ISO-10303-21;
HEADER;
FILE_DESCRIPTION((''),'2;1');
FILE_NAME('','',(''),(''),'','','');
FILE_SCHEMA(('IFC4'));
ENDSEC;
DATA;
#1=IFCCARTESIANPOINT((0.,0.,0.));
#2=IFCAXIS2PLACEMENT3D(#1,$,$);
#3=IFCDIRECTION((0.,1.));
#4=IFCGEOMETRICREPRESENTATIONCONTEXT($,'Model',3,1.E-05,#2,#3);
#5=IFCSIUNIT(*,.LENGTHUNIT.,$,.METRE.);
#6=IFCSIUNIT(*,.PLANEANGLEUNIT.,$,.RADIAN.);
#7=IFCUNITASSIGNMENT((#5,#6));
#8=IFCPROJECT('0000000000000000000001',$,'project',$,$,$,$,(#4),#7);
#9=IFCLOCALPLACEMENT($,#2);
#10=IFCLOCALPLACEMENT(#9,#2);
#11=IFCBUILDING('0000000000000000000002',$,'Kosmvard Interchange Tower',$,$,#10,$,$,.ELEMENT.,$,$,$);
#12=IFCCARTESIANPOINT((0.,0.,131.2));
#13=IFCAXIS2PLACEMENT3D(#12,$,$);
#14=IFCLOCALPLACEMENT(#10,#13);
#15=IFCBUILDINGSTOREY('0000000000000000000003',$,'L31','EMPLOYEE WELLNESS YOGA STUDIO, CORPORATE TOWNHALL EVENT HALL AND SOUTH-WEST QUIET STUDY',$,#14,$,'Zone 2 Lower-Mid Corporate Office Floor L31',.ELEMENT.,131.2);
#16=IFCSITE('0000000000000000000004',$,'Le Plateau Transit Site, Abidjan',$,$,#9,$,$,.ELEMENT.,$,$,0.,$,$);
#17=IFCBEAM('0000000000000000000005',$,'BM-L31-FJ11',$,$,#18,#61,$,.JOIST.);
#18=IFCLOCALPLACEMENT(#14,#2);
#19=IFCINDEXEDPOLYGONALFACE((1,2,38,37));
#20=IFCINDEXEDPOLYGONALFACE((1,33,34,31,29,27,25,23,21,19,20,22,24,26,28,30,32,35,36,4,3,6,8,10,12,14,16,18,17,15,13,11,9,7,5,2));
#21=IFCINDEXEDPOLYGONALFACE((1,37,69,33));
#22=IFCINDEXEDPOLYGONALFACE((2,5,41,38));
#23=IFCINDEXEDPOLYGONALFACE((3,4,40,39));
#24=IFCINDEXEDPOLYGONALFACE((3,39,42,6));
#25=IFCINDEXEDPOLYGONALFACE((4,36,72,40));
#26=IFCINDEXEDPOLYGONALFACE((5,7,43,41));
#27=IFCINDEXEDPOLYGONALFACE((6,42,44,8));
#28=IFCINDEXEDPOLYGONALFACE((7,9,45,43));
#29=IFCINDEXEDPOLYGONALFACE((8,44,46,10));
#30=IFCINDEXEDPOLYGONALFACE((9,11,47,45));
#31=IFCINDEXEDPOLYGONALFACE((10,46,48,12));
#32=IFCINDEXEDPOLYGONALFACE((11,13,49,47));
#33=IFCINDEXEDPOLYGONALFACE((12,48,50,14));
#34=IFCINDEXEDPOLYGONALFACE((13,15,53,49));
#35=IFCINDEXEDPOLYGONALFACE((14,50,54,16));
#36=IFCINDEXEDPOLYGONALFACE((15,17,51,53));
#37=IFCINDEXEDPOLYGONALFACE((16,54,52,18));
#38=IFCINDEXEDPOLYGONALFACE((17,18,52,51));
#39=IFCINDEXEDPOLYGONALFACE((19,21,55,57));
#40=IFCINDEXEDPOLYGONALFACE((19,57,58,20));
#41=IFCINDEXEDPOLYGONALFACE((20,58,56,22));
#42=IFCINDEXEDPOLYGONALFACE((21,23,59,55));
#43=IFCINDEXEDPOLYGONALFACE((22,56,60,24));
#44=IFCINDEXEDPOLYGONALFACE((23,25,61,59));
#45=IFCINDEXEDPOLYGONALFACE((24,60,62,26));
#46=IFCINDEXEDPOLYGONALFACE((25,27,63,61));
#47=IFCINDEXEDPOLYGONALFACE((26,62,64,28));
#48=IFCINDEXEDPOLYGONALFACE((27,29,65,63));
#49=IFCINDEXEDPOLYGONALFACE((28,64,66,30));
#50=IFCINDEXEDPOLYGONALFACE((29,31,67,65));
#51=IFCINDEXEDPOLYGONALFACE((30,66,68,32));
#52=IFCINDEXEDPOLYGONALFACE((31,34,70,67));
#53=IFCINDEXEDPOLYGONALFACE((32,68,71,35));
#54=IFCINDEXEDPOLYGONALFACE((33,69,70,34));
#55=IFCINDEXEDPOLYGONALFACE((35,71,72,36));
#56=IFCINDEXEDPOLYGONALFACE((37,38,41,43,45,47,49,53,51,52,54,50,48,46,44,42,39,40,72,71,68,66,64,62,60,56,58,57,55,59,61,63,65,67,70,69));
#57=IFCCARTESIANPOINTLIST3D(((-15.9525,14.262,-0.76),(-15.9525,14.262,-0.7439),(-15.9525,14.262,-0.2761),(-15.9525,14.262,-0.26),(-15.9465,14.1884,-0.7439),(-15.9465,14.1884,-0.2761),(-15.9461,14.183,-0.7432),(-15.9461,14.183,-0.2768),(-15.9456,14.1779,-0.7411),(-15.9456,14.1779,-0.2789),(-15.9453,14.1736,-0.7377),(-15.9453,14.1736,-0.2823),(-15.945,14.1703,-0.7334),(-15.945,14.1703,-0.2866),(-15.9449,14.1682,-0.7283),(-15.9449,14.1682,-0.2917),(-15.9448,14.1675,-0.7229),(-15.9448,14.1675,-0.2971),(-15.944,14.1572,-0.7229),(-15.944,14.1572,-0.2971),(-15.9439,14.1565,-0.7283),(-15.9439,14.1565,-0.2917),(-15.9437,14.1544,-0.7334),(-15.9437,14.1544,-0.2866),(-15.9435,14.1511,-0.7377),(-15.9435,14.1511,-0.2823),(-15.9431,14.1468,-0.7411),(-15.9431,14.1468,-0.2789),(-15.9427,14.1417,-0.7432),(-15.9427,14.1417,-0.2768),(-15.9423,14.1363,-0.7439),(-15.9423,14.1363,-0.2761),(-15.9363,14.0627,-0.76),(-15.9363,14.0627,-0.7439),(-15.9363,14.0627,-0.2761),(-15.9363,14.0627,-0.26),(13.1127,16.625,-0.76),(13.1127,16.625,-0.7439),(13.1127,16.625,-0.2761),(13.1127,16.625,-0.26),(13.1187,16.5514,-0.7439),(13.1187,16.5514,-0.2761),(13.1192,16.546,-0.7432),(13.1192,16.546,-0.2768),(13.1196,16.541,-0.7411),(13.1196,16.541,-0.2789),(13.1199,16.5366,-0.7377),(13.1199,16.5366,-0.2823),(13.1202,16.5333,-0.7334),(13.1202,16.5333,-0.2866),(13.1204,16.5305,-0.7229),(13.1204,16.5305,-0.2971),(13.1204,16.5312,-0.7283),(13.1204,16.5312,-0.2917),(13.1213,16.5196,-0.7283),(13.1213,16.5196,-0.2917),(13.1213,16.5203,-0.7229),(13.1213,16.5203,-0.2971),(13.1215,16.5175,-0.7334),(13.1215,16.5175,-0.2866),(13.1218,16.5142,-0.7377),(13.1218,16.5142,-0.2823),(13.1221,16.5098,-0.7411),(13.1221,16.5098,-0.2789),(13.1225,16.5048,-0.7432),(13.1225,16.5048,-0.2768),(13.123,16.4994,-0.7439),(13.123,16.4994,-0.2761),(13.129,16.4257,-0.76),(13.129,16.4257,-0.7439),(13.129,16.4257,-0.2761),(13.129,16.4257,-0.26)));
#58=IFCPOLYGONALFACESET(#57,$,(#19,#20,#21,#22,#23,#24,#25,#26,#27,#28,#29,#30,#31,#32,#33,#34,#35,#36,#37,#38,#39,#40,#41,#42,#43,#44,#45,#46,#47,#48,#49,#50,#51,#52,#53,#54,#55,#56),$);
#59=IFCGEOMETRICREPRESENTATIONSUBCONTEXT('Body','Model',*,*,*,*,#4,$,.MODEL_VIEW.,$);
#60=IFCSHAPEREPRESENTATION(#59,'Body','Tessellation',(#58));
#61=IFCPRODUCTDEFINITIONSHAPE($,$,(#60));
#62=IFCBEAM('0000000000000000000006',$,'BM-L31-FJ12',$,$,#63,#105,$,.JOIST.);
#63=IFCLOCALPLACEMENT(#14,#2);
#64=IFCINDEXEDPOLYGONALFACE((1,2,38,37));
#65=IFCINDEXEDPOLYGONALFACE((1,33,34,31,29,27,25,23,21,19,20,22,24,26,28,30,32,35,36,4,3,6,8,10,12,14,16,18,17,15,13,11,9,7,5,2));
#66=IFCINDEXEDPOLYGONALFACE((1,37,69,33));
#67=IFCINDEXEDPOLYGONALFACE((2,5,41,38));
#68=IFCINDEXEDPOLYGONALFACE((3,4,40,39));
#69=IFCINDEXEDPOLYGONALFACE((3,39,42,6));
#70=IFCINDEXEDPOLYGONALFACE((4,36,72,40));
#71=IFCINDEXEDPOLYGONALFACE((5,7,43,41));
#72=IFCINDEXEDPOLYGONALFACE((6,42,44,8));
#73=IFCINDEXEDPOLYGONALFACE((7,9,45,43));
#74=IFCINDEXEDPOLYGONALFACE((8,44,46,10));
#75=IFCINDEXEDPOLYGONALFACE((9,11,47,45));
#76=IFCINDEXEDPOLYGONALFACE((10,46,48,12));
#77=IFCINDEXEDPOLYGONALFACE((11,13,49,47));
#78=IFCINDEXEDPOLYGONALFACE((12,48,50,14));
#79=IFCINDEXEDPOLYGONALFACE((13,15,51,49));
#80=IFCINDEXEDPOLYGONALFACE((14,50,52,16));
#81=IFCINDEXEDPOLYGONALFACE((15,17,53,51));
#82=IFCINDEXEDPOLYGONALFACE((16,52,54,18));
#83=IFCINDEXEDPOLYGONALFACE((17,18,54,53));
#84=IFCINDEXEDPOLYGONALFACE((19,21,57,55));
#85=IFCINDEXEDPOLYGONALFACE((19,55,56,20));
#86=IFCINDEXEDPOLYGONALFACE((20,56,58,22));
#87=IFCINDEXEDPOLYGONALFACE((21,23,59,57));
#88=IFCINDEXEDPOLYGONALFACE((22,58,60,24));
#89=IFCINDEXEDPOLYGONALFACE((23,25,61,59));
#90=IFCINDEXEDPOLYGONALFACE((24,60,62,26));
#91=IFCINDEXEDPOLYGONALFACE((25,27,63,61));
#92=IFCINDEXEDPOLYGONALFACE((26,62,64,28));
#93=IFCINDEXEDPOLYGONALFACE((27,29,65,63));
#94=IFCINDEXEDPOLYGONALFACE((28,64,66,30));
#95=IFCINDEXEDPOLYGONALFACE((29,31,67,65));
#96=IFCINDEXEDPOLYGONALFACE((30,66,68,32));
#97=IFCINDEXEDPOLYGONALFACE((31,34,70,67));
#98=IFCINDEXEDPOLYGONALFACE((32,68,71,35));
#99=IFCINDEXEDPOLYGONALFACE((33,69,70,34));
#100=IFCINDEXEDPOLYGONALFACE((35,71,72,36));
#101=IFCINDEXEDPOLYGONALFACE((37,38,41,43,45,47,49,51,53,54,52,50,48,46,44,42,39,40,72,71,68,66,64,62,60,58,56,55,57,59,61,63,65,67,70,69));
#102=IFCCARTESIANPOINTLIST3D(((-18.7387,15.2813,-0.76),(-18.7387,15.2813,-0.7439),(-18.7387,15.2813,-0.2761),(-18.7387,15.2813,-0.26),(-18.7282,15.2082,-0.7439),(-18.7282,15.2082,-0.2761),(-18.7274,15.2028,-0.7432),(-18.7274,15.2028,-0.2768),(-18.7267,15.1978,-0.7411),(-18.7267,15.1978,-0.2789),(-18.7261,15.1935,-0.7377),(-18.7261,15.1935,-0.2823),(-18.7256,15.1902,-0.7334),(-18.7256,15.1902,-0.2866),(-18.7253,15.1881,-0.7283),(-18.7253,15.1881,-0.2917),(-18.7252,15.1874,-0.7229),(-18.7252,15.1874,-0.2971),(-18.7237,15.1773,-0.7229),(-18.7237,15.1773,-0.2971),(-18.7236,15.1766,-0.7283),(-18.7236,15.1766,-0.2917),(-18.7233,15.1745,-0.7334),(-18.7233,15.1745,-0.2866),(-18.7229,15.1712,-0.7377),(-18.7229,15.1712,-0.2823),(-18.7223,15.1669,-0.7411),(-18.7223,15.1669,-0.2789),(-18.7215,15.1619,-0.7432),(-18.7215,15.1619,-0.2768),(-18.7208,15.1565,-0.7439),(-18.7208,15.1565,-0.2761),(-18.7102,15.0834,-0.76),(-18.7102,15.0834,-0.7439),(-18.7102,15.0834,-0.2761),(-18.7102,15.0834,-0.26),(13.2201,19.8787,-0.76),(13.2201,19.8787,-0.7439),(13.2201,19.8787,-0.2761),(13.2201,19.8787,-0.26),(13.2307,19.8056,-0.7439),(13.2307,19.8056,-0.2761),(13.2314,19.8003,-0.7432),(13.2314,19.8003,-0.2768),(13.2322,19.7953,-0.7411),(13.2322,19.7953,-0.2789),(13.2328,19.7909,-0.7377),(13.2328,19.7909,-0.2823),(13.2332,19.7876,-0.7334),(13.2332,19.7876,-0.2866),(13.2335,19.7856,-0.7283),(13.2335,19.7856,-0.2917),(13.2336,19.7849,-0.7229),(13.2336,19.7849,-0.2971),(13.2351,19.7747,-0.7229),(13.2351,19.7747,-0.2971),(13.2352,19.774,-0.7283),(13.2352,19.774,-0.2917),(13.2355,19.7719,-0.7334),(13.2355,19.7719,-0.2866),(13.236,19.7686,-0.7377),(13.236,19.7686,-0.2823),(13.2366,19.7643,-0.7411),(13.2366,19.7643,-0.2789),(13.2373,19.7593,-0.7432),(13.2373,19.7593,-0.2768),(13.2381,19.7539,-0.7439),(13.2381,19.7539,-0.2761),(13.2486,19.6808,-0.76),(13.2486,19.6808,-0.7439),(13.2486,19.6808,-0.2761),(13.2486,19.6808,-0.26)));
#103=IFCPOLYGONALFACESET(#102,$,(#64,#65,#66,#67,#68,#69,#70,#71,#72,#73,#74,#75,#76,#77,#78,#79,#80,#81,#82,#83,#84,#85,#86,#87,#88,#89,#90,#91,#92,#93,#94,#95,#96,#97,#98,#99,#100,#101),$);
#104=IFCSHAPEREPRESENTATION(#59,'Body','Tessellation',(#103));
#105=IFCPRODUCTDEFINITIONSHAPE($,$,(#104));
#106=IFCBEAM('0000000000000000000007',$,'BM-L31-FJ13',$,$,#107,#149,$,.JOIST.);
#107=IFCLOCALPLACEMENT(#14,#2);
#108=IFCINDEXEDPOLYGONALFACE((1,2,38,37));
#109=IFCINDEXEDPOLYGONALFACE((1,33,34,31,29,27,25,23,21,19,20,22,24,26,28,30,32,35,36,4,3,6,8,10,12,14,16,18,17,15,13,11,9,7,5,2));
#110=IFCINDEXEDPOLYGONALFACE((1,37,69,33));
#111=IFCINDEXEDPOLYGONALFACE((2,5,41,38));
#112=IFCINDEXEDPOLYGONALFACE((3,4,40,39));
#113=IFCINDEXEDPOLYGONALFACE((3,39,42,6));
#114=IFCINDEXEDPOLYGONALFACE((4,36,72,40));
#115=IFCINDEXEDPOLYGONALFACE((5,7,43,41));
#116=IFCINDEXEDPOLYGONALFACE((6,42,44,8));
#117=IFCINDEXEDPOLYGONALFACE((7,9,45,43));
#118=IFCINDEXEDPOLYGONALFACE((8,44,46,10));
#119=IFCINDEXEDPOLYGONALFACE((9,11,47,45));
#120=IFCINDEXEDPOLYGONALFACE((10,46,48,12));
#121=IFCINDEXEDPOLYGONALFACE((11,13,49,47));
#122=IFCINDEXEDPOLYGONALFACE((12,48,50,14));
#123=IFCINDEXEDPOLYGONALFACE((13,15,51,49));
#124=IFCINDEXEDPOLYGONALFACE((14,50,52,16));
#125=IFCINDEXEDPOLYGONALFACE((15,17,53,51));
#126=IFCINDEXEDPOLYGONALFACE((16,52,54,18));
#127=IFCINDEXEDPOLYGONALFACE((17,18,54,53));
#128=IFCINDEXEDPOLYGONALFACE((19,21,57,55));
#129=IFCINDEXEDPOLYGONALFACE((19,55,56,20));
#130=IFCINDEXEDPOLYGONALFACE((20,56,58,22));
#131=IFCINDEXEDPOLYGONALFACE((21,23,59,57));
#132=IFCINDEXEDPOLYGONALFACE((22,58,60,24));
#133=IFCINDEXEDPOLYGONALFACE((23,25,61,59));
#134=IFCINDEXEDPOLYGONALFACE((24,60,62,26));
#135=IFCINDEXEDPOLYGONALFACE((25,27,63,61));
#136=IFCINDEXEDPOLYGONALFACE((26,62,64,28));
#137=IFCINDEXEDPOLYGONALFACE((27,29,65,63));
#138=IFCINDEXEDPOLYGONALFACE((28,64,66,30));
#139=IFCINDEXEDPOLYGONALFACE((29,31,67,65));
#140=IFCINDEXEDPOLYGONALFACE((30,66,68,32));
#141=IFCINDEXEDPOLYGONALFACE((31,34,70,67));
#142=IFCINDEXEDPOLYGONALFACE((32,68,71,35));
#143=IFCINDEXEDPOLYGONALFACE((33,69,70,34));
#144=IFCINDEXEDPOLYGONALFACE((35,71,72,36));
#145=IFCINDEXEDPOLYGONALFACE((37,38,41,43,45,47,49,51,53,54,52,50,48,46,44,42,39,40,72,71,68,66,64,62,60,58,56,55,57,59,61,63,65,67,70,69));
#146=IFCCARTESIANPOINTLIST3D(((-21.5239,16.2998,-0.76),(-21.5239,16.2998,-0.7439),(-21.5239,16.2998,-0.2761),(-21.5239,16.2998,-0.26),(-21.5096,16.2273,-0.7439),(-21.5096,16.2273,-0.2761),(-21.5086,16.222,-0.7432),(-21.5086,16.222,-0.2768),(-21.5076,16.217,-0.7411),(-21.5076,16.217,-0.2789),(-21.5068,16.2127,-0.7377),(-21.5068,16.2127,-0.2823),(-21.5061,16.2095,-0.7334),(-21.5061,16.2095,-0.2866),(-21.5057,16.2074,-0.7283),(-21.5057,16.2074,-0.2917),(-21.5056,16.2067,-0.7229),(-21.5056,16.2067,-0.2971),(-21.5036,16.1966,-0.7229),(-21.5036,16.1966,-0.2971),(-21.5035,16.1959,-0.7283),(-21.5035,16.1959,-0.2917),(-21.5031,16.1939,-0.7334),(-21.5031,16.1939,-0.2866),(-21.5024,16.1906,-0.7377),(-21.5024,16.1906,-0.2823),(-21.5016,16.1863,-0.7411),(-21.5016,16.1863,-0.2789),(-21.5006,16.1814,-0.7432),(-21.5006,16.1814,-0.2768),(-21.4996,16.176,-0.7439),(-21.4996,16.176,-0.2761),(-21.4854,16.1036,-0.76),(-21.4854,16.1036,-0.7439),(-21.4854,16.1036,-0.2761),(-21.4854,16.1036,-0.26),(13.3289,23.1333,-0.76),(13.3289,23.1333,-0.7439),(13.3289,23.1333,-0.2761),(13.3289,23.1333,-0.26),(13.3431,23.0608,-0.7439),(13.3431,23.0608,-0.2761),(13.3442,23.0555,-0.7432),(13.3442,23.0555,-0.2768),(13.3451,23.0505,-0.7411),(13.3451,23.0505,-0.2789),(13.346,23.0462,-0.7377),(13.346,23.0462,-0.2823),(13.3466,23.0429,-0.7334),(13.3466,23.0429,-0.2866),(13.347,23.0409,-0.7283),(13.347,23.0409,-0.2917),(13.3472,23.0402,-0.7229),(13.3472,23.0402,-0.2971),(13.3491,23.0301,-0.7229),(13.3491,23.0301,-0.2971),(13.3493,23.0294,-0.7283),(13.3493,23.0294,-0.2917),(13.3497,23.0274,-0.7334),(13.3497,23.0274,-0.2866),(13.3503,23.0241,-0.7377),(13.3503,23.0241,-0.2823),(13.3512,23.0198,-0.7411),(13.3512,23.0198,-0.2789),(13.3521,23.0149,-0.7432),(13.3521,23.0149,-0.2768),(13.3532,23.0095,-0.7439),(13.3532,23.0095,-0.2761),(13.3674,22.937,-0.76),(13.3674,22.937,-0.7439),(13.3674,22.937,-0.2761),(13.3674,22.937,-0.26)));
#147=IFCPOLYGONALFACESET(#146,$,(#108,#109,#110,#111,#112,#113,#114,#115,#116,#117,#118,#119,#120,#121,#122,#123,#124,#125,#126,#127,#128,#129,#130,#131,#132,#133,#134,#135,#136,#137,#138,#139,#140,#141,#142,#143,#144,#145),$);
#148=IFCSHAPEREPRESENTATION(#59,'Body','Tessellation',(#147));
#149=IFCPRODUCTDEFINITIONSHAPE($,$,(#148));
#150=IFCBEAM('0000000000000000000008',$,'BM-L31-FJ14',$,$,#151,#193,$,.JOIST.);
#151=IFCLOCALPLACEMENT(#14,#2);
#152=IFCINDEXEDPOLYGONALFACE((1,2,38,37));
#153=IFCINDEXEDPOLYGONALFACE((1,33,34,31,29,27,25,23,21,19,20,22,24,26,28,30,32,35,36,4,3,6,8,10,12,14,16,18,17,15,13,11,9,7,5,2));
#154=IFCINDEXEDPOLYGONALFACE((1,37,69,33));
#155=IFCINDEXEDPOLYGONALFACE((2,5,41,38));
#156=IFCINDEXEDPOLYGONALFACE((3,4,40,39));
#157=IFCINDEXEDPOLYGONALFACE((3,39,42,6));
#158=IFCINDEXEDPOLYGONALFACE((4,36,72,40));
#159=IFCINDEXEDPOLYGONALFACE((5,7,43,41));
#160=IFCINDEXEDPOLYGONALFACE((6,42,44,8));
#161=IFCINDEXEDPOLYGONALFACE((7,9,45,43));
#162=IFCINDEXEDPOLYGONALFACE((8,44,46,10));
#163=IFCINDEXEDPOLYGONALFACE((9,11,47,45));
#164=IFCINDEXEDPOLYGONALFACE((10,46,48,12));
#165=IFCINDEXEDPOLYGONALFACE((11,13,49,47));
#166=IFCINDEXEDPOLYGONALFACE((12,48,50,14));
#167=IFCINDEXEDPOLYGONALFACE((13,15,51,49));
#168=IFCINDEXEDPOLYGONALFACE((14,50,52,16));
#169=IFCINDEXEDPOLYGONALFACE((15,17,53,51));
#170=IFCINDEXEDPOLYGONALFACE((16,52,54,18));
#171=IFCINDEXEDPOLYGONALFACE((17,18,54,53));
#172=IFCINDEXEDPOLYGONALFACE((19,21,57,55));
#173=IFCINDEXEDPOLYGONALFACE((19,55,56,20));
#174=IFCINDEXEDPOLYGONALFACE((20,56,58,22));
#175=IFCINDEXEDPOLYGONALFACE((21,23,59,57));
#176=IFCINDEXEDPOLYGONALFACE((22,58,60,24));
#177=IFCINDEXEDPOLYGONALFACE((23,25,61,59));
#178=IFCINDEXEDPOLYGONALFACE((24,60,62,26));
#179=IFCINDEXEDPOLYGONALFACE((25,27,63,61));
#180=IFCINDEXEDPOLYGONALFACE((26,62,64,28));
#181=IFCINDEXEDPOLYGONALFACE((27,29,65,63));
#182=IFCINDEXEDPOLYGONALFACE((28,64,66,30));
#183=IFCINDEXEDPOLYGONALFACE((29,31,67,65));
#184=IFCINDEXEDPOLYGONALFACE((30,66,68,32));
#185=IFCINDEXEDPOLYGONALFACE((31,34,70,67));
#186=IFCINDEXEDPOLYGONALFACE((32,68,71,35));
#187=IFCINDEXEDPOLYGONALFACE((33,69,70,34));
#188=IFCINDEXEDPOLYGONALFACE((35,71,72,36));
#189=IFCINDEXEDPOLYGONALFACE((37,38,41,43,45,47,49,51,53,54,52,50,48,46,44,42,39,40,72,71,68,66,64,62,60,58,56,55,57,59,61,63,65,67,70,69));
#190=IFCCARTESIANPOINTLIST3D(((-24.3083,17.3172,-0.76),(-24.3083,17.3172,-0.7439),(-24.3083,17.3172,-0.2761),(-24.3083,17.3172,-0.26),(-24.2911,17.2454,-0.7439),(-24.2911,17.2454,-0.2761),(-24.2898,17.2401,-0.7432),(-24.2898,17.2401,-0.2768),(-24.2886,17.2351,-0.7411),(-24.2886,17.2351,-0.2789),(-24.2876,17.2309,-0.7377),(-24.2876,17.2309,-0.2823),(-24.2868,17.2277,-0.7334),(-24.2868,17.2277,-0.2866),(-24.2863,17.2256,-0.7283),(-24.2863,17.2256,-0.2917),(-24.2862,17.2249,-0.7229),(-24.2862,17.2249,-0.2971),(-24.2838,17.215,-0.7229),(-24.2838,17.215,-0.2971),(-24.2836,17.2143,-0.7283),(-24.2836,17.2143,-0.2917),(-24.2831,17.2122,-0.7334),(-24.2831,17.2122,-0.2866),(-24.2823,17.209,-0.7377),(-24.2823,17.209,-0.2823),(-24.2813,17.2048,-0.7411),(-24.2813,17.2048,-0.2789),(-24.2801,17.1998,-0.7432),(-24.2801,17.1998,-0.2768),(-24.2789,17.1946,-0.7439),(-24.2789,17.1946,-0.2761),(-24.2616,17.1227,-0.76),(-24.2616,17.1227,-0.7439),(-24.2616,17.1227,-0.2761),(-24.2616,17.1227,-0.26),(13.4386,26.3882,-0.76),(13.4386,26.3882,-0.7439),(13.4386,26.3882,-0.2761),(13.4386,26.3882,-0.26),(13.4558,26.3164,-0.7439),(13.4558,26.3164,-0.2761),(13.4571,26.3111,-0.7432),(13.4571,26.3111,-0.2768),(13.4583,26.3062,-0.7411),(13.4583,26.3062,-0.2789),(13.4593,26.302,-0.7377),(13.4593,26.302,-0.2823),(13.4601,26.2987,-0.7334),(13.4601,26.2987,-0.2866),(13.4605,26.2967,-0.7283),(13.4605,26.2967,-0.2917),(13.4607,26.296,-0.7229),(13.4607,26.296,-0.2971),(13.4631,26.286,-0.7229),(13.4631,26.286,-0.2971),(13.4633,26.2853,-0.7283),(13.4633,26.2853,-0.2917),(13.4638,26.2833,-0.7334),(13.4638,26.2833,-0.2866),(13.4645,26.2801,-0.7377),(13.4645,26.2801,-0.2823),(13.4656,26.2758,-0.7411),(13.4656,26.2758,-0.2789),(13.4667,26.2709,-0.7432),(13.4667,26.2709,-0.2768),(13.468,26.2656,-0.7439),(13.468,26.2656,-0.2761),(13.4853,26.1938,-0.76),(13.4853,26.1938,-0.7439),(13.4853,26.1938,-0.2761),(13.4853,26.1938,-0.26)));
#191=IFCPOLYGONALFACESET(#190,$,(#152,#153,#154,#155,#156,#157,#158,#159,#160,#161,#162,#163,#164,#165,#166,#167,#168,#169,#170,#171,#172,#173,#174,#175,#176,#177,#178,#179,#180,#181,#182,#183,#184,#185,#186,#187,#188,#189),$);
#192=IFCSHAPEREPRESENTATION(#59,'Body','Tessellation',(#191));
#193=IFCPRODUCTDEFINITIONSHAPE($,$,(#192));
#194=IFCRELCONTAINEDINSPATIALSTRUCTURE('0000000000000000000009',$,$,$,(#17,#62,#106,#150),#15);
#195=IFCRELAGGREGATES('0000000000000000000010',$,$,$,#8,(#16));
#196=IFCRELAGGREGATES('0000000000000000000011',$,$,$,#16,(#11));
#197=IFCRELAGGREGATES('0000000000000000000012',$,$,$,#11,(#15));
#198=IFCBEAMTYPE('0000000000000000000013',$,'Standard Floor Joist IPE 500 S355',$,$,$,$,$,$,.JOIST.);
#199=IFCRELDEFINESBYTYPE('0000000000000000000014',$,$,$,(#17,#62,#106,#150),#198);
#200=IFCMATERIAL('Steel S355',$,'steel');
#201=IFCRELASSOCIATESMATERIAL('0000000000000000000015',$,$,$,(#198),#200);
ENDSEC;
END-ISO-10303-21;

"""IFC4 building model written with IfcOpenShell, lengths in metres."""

from ifc_helpers import new_model, si_unit, direction, frame, origin, origin_2d, place, context, subcontext, project, spatial, i_section, extrude, source, transform, mapped, material, material_profile, profile_set, type_object, element, save


model = new_model("IFC4")

# Units and contexts
model_context = context("Model", 3, precision=1e-05, world=origin(), true_north=direction((0.0, 1.0)))
body_context = subcontext(model_context, "Body", "Model", "MODEL_VIEW")
ifc_project = project(units=[si_unit("LENGTHUNIT", "METRE"), si_unit("PLANEANGLEUNIT", "RADIAN")], contexts=[model_context])

# Site, building, storey
site_placement = place(None, origin())
site = spatial("IfcSite", under=ifc_project, at=site_placement, Name="Le Plateau Transit Site, Abidjan", CompositionType="ELEMENT", RefElevation=0.0)
building_placement = place(site_placement, origin())
building = spatial("IfcBuilding", under=site, at=building_placement, Name="Kosmvard Interchange Tower", CompositionType="ELEMENT")
storey_placement = place(building_placement, frame((0.0, 0.0, 131.2)))
storey = spatial("IfcBuildingStorey", under=building, at=storey_placement, Name="L31", Description="EMPLOYEE WELLNESS YOGA STUDIO, CORPORATE TOWNHALL EVENT HALL AND SOUTH-WEST QUIET STUDY", LongName="Zone 2 Lower-Mid Corporate Office Floor L31", CompositionType="ELEMENT", Elevation=131.2)

# Beams
ifc_material_1 = material(Name="Steel S355", Category="steel")
ifc_material_profile_1 = material_profile(ifc_material_1, i_section(OverallWidth=0.2, OverallDepth=0.5, WebThickness=0.0103, FlangeThickness=0.0161, FilletRadius=0.021, at=origin_2d()), Name="IPE 500")
ifc_profile_set_1 = profile_set([ifc_material_profile_1], Name="Steel S355")
beam_type_1 = type_object("IfcBeamType", Name="Standard Floor Joist IPE 500 S355", PredefinedType="JOIST", material=ifc_profile_set_1)
shared_shape_1 = source(origin(), body_context, "Body", "SweptSolid", [
    extrude(i_section(OverallWidth=0.2, OverallDepth=0.5, WebThickness=0.0103, FlangeThickness=0.0161, FilletRadius=0.021, at=origin_2d()), origin(), (0.0, 0.0, 1.0), 29.1611),
])
beam_1_placement = place(storey_placement, frame((13.1208, 16.5254, -0.51), z_axis=(-0.996711, -0.081034, 0.0), x_axis=(0.081034, -0.996711, 0.0)))
element("IfcBeam", 1, at=beam_1_placement, inside=storey, type_object=beam_type_1, Name="BM-L31-FJ11", PredefinedType="JOIST", context=body_context, shape_type="MappedRepresentation", body=[
    mapped(shared_shape_1, transform((0.0, 0.0, 0.0), scale=1.0)),
])
shared_shape_2 = source(origin(), body_context, "Body", "SweptSolid", [
    extrude(i_section(OverallWidth=0.2, OverallDepth=0.5, WebThickness=0.0103, FlangeThickness=0.0161, FilletRadius=0.021, at=origin_2d()), origin(), (0.0, 0.0, 1.0), 32.2878),
])
beam_2_placement = place(storey_placement, frame((13.2344, 19.7798, -0.51), z_axis=(-0.989811, -0.142389, 0.0), x_axis=(0.142389, -0.989811, 0.0)))
element("IfcBeam", 2, at=beam_2_placement, inside=storey, type_object=beam_type_1, Name="BM-L31-FJ12", PredefinedType="JOIST", context=body_context, shape_type="MappedRepresentation", body=[
    mapped(shared_shape_2, transform((0.0, 0.0, 0.0), scale=1.0)),
])
shared_shape_3 = source(origin(), body_context, "Body", "SweptSolid", [
    extrude(i_section(OverallWidth=0.2, OverallDepth=0.5, WebThickness=0.0103, FlangeThickness=0.0161, FilletRadius=0.021, at=origin_2d()), origin(), (0.0, 0.0, 1.0), 35.5164),
])
beam_3_placement = place(storey_placement, frame((13.3481, 23.0352, -0.51), z_axis=(-0.981316, -0.192404, 0.0), x_axis=(0.192404, -0.981316, 0.0)))
element("IfcBeam", 3, at=beam_3_placement, inside=storey, type_object=beam_type_1, Name="BM-L31-FJ13", PredefinedType="JOIST", context=body_context, shape_type="MappedRepresentation", body=[
    mapped(shared_shape_3, transform((0.0, 0.0, 0.0), scale=1.0)),
])
shared_shape_4 = source(origin(), body_context, "Body", "SweptSolid", [
    extrude(i_section(OverallWidth=0.2, OverallDepth=0.5, WebThickness=0.0103, FlangeThickness=0.0161, FilletRadius=0.021, at=origin_2d()), origin(), (0.0, 0.0, 1.0), 38.8215),
])
beam_4_placement = place(storey_placement, frame((13.4619, 26.291, -0.51), z_axis=(-0.972318, -0.233661, 0.0), x_axis=(0.233661, -0.972318, 0.0)))
element("IfcBeam", 4, at=beam_4_placement, inside=storey, type_object=beam_type_1, Name="BM-L31-FJ14", PredefinedType="JOIST", context=body_context, shape_type="MappedRepresentation", body=[
    mapped(shared_shape_4, transform((0.0, 0.0, 0.0), scale=1.0)),
])

save(model, "model.ifc")
